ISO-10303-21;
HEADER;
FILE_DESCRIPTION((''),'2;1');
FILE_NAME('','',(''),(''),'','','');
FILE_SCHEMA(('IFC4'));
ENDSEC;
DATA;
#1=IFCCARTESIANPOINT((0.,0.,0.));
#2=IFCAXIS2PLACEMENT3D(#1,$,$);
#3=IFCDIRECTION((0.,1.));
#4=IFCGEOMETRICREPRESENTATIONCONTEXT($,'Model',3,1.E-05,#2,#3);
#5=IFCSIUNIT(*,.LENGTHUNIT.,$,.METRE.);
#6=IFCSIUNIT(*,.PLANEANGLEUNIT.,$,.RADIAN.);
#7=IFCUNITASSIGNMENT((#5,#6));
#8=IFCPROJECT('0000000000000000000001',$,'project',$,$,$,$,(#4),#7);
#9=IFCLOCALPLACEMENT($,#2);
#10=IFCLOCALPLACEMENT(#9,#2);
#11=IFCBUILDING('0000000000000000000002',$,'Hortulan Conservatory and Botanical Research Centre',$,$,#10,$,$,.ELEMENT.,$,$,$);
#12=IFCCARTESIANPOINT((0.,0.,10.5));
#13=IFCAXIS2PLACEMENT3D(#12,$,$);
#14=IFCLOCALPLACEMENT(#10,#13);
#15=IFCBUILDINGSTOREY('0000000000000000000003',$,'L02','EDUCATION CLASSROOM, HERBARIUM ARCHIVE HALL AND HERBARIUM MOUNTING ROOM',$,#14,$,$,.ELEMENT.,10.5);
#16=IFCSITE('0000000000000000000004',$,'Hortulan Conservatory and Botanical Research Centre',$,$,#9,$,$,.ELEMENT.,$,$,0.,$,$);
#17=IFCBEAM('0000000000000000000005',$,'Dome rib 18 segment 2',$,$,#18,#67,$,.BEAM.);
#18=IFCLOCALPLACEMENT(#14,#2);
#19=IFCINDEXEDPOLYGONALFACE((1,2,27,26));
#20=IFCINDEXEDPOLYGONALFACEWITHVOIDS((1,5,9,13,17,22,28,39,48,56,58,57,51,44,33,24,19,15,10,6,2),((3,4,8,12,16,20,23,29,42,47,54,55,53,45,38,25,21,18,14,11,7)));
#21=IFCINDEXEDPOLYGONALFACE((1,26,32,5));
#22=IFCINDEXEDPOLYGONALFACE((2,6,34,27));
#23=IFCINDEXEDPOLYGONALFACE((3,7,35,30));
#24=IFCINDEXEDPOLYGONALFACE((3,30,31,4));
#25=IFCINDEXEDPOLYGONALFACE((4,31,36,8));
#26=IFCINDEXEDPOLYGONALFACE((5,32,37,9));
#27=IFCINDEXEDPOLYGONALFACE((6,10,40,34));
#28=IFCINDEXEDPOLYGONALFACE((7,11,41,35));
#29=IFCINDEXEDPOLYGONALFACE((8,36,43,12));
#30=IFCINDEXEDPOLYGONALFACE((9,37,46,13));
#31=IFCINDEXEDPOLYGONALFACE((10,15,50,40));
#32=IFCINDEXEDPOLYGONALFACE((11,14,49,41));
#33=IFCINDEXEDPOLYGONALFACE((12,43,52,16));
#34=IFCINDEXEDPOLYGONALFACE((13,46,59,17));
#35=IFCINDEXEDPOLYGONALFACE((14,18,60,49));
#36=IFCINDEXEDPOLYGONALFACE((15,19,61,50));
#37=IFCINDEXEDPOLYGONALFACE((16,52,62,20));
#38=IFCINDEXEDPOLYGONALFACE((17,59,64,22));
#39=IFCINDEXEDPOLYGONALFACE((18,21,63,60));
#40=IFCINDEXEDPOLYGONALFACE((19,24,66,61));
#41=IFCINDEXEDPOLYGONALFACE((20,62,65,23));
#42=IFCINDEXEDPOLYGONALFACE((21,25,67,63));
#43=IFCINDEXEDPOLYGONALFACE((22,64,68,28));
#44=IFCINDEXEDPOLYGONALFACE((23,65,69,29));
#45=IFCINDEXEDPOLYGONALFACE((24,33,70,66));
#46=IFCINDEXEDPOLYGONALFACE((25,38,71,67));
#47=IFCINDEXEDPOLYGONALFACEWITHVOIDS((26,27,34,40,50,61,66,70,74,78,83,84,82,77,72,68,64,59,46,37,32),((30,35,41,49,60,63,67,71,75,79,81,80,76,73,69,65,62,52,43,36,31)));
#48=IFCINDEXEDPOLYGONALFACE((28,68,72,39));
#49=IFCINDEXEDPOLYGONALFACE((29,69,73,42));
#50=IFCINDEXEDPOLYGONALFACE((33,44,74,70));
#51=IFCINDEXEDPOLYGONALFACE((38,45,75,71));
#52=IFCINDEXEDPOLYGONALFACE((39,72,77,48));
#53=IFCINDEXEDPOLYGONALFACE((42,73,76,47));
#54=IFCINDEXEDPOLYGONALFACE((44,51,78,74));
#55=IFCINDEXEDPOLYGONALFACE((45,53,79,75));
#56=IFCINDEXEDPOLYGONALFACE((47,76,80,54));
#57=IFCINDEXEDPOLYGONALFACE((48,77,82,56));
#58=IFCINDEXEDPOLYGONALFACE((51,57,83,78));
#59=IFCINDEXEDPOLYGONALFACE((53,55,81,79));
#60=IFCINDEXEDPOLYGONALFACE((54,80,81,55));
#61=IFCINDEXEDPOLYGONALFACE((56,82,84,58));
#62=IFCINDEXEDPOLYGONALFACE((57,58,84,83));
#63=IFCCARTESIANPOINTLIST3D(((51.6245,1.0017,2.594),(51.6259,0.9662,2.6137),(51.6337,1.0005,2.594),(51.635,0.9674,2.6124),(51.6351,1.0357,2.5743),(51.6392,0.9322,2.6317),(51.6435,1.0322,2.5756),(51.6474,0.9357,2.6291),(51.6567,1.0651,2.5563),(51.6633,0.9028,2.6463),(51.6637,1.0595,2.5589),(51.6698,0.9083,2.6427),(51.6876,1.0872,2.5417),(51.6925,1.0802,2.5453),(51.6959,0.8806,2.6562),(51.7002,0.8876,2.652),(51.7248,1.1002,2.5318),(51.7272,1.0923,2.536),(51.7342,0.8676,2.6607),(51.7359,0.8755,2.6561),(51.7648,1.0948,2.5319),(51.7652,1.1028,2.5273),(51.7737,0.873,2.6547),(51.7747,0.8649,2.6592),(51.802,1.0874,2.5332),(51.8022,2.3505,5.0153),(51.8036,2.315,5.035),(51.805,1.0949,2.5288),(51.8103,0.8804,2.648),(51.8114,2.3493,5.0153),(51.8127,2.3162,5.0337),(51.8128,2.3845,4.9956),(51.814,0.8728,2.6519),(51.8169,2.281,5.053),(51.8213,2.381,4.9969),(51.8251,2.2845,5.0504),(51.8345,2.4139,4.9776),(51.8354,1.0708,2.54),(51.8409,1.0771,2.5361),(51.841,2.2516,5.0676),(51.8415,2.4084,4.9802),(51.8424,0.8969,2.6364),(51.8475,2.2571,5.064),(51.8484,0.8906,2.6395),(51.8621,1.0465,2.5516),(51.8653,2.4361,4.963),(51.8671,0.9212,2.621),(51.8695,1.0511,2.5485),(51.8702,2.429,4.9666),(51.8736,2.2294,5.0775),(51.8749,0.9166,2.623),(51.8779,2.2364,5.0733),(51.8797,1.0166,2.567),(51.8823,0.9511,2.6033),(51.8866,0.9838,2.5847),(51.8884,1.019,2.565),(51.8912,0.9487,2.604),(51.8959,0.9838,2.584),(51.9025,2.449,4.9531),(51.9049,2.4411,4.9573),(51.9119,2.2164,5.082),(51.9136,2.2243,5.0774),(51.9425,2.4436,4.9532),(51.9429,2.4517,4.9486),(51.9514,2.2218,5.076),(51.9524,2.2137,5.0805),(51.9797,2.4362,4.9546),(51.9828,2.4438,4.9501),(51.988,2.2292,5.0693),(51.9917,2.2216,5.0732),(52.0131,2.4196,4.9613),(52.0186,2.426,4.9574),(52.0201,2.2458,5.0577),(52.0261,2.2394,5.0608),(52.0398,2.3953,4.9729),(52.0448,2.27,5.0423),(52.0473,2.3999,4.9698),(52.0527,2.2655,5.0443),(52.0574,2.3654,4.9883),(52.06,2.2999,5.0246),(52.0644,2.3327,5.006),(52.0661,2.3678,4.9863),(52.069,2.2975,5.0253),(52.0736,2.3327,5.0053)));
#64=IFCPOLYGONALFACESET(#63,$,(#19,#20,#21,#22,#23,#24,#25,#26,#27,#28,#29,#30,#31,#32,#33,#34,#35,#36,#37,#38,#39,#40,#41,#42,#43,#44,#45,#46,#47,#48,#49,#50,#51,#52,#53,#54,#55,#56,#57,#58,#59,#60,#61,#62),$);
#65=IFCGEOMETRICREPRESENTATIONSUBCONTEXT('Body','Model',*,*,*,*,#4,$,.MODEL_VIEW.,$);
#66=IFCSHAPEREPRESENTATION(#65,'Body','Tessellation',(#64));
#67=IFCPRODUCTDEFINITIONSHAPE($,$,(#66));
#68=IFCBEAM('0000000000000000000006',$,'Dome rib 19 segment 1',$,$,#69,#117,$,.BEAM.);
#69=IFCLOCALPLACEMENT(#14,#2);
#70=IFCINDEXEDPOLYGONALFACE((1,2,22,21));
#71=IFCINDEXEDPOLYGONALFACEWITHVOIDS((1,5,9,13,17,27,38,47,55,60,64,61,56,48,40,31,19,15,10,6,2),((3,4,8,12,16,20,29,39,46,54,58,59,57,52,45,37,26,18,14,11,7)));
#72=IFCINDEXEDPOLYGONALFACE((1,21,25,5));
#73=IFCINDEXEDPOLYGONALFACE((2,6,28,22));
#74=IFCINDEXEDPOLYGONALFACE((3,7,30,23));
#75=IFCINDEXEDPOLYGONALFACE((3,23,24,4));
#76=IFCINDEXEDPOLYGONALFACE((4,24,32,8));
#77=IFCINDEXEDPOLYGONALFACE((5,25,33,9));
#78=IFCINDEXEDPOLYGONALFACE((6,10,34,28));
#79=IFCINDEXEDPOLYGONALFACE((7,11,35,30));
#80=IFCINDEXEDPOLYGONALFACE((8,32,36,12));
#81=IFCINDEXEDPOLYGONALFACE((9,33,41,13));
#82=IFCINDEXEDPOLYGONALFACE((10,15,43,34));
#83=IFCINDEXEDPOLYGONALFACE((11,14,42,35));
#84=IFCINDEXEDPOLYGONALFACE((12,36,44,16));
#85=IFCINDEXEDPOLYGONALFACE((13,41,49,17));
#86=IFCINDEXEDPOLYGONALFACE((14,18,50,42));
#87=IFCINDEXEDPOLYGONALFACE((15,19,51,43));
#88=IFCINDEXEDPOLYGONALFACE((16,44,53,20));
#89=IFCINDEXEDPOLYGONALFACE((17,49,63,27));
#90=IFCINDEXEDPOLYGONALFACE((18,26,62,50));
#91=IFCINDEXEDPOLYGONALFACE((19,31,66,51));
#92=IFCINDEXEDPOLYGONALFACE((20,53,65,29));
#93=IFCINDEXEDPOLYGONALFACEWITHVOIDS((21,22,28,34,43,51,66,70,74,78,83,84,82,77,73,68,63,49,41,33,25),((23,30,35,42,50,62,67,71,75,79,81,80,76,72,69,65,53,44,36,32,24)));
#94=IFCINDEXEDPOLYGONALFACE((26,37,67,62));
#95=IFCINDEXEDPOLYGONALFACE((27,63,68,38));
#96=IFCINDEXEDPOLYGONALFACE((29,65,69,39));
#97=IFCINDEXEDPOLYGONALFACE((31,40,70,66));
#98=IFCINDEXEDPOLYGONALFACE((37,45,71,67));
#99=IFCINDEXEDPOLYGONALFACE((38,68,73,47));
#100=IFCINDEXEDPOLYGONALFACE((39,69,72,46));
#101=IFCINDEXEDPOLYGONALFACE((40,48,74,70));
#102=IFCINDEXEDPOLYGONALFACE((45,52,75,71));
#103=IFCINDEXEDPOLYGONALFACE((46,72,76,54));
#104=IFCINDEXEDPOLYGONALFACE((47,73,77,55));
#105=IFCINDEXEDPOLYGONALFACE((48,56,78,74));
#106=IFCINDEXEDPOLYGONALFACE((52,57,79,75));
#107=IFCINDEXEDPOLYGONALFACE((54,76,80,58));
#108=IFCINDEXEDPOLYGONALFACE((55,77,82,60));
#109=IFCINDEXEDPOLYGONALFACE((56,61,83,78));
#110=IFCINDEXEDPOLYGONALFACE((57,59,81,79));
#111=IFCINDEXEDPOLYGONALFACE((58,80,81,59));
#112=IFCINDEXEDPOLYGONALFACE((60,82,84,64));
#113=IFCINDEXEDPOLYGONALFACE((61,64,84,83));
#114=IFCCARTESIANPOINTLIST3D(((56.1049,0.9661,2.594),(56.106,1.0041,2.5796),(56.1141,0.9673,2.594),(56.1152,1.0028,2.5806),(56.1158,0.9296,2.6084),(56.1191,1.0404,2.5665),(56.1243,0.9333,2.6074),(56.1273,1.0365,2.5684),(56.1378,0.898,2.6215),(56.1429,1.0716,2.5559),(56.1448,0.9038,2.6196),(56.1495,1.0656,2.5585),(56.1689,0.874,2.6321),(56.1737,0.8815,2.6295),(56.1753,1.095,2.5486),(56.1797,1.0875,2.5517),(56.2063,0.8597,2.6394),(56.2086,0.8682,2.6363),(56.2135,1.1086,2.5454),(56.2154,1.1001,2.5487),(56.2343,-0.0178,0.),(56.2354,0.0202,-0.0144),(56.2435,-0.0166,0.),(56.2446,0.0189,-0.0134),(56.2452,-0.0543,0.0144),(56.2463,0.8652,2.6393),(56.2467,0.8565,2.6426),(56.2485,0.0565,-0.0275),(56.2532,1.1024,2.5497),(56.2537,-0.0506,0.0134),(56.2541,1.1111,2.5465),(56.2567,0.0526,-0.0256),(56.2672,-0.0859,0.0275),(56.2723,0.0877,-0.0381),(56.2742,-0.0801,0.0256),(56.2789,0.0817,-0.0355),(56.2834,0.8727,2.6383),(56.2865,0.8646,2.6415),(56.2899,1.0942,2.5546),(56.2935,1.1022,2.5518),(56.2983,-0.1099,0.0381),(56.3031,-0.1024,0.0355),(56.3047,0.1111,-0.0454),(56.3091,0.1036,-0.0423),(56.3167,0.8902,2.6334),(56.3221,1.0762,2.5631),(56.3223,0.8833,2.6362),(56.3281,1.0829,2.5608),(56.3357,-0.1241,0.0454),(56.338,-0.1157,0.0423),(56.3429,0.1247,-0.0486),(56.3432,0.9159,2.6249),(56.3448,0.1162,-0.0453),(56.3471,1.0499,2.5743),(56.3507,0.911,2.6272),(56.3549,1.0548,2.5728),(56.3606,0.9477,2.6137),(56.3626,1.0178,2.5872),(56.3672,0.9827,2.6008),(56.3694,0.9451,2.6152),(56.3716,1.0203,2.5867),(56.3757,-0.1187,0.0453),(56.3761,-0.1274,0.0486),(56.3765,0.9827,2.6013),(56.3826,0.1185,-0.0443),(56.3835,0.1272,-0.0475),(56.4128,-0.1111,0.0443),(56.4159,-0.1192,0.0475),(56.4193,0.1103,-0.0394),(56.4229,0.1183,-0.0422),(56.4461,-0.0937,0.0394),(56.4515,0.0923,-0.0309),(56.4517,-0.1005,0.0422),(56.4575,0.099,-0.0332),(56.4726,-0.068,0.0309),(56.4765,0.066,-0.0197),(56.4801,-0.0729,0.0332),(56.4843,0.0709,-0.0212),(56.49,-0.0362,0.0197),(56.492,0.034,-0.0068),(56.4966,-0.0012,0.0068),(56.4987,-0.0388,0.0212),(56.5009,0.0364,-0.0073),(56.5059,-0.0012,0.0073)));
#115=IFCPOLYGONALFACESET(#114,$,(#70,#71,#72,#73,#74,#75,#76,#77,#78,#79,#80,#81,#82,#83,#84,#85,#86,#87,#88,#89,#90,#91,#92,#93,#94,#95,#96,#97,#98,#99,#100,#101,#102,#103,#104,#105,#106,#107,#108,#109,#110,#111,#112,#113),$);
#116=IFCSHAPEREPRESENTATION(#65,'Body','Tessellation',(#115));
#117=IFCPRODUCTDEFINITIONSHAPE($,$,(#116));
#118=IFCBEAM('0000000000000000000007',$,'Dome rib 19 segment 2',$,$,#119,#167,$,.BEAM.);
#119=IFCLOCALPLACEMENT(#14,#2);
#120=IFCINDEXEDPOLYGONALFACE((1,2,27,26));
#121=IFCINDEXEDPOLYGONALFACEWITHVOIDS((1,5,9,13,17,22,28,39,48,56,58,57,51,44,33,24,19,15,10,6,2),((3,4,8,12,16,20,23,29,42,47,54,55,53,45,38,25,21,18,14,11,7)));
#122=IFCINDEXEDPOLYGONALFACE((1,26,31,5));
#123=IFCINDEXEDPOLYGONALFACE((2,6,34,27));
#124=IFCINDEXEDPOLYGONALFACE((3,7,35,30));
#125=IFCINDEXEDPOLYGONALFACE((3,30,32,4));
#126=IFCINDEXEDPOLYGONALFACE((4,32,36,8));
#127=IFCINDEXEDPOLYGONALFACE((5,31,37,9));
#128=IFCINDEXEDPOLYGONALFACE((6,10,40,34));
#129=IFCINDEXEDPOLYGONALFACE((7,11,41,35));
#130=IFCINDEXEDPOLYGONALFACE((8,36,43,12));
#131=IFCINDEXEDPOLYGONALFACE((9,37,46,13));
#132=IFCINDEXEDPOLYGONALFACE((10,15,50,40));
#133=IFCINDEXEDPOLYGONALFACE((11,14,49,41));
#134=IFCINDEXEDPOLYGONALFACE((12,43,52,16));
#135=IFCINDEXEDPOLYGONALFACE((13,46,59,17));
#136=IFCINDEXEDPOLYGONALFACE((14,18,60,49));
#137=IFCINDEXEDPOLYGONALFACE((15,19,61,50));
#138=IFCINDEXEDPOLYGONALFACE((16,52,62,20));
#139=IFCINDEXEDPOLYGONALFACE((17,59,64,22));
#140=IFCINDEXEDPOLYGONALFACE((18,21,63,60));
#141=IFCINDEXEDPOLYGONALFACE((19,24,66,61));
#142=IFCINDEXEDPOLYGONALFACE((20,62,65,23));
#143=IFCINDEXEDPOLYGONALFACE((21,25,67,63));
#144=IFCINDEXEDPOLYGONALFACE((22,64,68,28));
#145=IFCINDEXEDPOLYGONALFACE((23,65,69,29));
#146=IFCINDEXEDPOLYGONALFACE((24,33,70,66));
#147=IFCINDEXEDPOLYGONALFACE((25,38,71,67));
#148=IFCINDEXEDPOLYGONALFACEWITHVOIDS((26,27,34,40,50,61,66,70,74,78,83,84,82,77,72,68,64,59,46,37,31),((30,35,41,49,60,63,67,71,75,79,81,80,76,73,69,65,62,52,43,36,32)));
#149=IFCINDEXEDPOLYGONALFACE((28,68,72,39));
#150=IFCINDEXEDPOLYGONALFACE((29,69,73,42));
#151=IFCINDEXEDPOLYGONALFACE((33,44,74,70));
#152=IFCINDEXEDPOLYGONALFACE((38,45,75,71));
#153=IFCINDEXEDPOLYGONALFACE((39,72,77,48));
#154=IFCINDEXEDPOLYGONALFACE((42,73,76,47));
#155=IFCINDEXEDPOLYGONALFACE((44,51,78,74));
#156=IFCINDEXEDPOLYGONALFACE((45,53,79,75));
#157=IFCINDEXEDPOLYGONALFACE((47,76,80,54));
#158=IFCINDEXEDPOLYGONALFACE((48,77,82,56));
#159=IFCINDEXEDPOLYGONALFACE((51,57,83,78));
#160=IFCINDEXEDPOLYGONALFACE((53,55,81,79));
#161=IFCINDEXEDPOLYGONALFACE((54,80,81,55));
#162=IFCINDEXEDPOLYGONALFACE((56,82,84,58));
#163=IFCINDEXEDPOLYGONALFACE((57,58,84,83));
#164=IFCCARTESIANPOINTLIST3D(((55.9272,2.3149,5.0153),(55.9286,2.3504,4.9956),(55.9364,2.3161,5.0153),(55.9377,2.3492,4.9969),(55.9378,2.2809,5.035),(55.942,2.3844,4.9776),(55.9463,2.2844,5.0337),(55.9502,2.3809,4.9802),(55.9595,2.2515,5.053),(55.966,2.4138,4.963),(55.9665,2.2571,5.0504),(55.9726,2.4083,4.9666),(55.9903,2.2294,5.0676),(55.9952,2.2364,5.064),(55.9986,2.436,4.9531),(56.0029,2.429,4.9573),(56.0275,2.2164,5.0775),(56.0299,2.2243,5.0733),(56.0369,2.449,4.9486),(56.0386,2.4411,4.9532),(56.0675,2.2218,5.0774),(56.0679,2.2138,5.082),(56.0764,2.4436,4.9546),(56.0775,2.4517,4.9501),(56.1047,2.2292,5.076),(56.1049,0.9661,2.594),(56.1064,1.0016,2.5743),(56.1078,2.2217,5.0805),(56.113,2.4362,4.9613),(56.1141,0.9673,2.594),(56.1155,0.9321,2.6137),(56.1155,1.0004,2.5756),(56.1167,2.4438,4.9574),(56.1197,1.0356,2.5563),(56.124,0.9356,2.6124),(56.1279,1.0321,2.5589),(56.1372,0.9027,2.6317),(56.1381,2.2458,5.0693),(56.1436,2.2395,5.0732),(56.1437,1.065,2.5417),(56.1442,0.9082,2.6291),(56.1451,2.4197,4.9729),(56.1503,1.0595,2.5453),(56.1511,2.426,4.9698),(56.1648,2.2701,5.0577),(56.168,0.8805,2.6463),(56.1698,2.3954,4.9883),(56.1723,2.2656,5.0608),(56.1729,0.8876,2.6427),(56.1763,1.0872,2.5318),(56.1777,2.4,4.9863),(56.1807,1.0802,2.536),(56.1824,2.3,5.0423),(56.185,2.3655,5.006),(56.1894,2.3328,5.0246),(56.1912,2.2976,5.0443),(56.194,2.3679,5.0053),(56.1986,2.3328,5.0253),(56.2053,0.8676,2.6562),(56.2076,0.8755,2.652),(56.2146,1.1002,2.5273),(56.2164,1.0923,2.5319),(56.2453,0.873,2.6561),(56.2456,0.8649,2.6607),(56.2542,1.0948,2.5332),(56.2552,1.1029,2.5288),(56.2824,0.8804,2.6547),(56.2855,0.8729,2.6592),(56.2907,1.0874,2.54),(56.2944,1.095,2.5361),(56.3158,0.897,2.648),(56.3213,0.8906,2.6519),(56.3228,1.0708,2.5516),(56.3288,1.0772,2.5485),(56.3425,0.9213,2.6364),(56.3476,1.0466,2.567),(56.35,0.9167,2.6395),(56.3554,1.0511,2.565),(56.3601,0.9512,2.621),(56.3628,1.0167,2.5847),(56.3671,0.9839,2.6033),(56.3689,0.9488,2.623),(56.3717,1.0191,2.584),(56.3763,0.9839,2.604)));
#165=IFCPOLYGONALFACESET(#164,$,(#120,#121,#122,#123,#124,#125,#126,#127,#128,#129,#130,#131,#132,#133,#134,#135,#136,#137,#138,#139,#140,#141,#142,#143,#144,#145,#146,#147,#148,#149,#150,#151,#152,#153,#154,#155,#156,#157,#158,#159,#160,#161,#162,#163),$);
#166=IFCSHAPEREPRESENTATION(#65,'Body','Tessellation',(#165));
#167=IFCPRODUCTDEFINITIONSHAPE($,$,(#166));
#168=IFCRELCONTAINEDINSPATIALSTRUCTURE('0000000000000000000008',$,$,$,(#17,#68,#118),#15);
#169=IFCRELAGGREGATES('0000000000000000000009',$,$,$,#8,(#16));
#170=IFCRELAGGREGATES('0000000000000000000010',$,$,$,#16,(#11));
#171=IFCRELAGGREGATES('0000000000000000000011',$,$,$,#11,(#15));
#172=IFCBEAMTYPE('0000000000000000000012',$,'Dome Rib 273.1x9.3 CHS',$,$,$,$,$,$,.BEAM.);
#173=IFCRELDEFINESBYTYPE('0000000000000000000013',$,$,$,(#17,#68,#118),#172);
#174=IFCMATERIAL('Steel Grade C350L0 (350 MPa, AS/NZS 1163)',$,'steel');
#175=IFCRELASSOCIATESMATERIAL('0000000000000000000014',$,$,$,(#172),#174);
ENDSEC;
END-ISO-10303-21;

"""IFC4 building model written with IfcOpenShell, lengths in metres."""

from ifc_helpers import new_model, si_unit, direction, frame, origin, origin_2d, place, context, subcontext, project, spatial, hollow_circle, extrude, material, material_profile, profile_set, type_object, element, save


model = new_model("IFC4")

# Units and contexts
model_context = context("Model", 3, precision=1e-05, world=origin(), true_north=direction((0.0, 1.0)))
body_context = subcontext(model_context, "Body", "Model", "MODEL_VIEW")
ifc_project = project(units=[si_unit("LENGTHUNIT", "METRE"), si_unit("PLANEANGLEUNIT", "RADIAN")], contexts=[model_context])

# Site, building, storey
site_placement = place(None, origin())
site = spatial("IfcSite", under=ifc_project, at=site_placement, Name="Hortulan Conservatory and Botanical Research Centre", CompositionType="ELEMENT", RefElevation=0.0)
building_placement = place(site_placement, origin())
building = spatial("IfcBuilding", under=site, at=building_placement, Name="Hortulan Conservatory and Botanical Research Centre", CompositionType="ELEMENT")
storey_placement = place(building_placement, frame((0.0, 0.0, 10.5)))
storey = spatial("IfcBuildingStorey", under=building, at=storey_placement, Name="L02", Description="EDUCATION CLASSROOM, HERBARIUM ARCHIVE HALL AND HERBARIUM MOUNTING ROOM", CompositionType="ELEMENT", Elevation=10.5)

# Beams
ifc_material_1 = material(Name="Steel Grade C350L0 (350 MPa, AS/NZS 1163)", Category="steel")
ifc_material_profile_1 = material_profile(ifc_material_1, hollow_circle(Radius=0.1365, WallThickness=0.0093, at=origin_2d()), Name="273.1x9.3CHS")
ifc_profile_set_1 = profile_set([ifc_material_profile_1], Name="Steel Grade C350L0 (350 MPa, AS/NZS 1163)")
beam_type_1 = type_object("IfcBeamType", Name="Dome Rib 273.1x9.3 CHS", PredefinedType="BEAM", material=ifc_profile_set_1)
for number, where, z_axis, x_axis, name in (
    (1, (51.7598, 0.9839, 2.594), (0.063992, 0.485655, 0.871805), (-0.99143, 0.130636, 0.0), "Dome rib 18 segment 2"),
    (2, (56.3696, 0.0, 0.0), (-0.046589, 0.354256, 0.933987), (-0.991463, -0.130391, 0.0), "Dome rib 19 segment 1"),
    (3, (56.2402, 0.9839, 2.594), (-0.063992, 0.485655, 0.871805), (-0.99143, -0.130636, 0.0), "Dome rib 19 segment 2"),
):
    element("IfcBeam", number, at=place(storey_placement, frame(where, z_axis=z_axis, x_axis=x_axis)), inside=storey, type_object=beam_type_1, Name=name, PredefinedType="BEAM", context=body_context, shape_type="SweptSolid", body=[
        extrude(hollow_circle(Radius=0.1365, WallThickness=0.0093, at=origin_2d()), origin(), (0.0, 0.0, 1.0), 2.7773),
    ])

save(model, "model.ifc")
